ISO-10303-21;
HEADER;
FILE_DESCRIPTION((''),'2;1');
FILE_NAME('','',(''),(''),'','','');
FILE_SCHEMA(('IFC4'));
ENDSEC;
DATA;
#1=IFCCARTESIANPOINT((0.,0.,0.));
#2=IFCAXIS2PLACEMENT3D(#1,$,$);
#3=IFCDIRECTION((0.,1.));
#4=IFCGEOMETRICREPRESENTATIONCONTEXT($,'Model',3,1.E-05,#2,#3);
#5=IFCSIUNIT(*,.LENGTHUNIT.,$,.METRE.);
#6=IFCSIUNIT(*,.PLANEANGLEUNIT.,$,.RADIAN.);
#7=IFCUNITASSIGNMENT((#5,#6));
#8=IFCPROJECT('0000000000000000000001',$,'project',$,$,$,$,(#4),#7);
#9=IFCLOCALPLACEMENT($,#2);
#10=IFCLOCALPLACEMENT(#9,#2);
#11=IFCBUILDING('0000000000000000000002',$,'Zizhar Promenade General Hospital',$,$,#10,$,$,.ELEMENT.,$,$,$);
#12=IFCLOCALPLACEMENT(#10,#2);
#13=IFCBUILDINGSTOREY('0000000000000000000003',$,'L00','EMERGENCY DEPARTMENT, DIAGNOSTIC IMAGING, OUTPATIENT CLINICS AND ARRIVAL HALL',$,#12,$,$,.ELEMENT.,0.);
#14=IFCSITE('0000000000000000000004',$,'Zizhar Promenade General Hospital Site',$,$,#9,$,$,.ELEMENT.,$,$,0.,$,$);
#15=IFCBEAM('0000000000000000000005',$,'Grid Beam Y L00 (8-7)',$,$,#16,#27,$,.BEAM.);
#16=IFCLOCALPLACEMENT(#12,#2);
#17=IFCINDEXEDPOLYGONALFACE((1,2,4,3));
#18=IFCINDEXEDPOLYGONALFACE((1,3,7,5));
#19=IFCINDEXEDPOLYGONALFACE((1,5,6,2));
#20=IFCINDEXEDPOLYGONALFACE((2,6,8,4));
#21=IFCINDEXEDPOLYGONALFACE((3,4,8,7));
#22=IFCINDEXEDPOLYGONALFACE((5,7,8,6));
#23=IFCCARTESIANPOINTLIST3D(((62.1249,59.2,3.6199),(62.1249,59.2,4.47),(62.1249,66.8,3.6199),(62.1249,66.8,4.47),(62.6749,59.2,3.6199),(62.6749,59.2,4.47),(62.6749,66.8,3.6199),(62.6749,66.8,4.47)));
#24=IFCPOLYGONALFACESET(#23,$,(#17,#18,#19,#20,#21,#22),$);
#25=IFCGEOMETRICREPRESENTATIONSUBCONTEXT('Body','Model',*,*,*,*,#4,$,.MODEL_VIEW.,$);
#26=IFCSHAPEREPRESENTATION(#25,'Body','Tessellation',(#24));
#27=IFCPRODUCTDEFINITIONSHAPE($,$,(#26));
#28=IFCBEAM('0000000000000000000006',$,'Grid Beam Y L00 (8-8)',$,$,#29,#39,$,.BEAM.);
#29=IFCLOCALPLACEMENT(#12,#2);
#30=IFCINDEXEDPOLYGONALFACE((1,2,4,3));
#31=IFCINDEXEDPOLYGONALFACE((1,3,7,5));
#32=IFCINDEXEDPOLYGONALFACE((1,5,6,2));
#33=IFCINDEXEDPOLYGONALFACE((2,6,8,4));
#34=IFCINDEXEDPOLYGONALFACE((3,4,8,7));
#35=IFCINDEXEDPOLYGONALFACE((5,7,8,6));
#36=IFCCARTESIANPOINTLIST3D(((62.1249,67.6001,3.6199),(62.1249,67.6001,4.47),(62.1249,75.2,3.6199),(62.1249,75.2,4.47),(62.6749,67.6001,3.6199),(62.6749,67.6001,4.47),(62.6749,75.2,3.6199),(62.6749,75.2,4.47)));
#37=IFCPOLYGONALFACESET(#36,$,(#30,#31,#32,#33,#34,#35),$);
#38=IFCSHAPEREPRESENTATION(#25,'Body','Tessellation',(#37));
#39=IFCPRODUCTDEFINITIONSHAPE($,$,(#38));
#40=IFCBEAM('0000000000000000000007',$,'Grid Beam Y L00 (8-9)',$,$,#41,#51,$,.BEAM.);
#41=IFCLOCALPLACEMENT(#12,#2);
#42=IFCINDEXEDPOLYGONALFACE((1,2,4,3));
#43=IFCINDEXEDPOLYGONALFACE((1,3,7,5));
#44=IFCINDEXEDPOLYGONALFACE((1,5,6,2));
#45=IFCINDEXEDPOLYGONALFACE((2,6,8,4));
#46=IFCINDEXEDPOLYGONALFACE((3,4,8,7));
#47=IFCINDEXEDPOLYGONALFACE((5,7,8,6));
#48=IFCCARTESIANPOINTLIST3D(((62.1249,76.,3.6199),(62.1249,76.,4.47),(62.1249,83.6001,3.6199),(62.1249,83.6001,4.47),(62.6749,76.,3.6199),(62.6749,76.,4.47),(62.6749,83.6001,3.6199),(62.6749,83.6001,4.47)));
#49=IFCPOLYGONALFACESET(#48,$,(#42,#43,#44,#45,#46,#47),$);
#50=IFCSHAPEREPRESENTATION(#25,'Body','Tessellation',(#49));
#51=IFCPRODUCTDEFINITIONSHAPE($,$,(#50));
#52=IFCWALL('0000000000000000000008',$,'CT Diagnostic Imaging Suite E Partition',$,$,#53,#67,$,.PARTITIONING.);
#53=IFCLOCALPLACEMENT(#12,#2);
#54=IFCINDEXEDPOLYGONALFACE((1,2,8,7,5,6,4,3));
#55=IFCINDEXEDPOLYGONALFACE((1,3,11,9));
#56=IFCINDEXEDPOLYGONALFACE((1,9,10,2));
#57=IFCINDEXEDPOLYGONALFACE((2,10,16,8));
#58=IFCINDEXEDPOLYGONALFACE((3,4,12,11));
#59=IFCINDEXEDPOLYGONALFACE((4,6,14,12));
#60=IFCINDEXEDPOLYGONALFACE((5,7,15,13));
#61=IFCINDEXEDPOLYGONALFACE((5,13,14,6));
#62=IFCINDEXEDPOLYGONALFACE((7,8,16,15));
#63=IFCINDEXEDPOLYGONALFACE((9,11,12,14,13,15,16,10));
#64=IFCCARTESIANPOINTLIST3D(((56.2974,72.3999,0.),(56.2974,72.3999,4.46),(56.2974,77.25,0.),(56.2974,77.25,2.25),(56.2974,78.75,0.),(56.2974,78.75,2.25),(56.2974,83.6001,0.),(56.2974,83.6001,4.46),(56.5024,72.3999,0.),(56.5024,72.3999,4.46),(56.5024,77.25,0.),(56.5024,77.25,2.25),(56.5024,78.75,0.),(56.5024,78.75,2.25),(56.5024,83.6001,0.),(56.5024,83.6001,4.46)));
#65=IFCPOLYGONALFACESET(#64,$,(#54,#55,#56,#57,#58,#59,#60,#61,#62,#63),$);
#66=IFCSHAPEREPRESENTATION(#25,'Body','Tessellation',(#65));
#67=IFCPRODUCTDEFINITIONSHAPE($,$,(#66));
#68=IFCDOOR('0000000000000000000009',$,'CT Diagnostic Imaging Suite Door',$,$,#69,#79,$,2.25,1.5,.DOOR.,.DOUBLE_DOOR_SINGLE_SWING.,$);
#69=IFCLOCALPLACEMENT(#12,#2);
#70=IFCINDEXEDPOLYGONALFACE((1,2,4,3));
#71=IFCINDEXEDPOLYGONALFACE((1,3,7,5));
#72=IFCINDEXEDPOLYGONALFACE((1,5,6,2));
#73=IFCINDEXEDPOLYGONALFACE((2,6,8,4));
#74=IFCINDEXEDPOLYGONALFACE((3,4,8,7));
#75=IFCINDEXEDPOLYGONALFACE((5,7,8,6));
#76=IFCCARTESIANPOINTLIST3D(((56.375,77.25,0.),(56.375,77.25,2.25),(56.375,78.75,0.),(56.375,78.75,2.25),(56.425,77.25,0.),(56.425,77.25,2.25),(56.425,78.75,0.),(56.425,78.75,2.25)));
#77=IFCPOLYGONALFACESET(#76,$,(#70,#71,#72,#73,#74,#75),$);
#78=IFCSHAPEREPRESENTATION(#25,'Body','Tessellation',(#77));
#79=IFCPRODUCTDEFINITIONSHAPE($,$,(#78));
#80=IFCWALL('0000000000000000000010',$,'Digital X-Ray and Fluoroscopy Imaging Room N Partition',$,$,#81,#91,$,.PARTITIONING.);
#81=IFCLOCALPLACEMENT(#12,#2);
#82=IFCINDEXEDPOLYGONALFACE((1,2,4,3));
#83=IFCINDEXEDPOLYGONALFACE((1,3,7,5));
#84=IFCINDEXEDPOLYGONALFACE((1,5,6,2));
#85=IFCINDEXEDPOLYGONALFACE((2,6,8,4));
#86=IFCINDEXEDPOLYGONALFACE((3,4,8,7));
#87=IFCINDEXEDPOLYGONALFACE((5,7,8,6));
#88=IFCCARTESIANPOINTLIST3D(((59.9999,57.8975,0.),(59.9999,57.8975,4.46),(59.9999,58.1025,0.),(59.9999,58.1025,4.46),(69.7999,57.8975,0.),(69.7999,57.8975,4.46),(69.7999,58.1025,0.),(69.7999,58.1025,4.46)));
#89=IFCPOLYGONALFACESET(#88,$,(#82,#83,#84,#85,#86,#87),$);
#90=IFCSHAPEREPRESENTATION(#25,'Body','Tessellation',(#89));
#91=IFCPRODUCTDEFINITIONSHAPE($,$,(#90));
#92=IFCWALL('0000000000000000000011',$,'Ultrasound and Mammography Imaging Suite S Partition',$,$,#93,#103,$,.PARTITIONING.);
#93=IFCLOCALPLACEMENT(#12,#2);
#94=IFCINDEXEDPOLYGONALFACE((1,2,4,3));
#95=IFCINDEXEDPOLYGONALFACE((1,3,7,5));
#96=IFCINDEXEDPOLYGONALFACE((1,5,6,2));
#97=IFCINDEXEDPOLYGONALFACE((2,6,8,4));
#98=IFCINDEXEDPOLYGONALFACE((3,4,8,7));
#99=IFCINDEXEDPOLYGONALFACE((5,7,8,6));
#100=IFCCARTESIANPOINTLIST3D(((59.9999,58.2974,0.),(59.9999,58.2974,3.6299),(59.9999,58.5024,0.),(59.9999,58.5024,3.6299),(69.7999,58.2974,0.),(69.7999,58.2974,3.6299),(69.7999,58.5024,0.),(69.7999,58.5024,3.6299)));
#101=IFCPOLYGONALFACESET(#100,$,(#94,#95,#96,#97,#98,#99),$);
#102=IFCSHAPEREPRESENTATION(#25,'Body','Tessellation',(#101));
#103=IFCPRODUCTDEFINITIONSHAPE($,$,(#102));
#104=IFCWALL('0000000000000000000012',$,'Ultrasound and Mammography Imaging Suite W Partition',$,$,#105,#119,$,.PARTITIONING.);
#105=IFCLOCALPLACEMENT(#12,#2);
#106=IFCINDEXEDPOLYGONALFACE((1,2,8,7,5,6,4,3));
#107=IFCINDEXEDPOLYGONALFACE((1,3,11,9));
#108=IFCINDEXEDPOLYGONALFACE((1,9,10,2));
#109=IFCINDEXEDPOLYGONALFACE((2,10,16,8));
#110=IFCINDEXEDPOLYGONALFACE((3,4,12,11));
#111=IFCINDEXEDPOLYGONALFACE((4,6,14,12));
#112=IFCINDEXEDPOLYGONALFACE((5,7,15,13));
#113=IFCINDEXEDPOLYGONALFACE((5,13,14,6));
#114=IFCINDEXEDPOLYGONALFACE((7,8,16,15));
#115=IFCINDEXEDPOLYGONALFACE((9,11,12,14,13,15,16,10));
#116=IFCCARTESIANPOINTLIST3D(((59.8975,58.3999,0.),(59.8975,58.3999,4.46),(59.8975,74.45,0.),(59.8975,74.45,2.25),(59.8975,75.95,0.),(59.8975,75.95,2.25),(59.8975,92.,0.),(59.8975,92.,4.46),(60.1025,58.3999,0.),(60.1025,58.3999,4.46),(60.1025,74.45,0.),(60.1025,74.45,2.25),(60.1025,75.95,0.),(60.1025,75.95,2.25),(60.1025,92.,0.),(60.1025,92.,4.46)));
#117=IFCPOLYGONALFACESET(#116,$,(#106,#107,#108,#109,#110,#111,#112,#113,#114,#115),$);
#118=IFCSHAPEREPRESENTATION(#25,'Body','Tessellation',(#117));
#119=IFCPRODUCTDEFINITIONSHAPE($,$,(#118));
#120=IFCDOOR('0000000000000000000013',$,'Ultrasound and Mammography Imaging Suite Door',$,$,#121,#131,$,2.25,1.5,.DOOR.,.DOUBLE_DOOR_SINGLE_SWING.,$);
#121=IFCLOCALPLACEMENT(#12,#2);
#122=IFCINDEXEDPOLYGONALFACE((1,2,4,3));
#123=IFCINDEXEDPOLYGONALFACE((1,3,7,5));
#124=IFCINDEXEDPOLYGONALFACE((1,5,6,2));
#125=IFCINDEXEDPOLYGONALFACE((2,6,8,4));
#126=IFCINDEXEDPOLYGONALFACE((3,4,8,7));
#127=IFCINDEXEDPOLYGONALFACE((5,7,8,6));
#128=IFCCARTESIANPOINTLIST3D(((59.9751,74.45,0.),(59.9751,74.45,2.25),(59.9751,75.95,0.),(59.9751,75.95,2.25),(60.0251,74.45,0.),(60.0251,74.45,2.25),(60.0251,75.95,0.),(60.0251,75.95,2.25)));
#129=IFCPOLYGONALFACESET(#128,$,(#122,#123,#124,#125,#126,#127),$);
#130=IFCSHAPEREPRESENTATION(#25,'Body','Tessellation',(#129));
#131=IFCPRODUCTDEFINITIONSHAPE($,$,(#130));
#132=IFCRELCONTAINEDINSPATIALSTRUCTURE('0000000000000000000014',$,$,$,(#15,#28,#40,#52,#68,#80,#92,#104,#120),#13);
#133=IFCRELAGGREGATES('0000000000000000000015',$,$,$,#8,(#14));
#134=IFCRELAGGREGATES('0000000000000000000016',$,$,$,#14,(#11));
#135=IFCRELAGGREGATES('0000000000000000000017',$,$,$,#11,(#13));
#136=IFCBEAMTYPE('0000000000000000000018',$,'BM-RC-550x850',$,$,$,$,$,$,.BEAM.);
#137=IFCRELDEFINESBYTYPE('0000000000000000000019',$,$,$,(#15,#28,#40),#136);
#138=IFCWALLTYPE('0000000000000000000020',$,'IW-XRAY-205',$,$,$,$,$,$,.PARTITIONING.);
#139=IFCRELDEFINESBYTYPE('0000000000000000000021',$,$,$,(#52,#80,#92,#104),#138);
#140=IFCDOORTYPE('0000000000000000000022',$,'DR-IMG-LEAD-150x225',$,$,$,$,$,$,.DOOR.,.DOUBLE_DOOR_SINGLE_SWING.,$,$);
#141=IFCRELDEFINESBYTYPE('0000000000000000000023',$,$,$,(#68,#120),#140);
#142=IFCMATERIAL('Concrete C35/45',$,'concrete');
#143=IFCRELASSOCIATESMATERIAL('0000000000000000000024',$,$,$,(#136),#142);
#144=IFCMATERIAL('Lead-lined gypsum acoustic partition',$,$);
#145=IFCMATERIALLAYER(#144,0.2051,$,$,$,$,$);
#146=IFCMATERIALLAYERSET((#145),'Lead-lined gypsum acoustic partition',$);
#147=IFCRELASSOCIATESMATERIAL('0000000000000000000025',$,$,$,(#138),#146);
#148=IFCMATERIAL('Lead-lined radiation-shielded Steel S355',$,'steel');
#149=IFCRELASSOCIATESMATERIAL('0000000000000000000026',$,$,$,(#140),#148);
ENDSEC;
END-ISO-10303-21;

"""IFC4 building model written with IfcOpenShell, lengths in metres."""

from ifc_helpers import new_model, si_unit, direction, frame, frame_2d, origin, origin_2d, place, context, subcontext, project, spatial, rectangle, extrude, material, layer, layer_set, material_profile, profile_set, type_object, element, fill, save


model = new_model("IFC4")

# Units and contexts
model_context = context("Model", 3, precision=1e-05, world=origin(), true_north=direction((0.0, 1.0)))
body_context = subcontext(model_context, "Body", "Model", "MODEL_VIEW")
ifc_project = project(units=[si_unit("LENGTHUNIT", "METRE"), si_unit("PLANEANGLEUNIT", "RADIAN")], contexts=[model_context])

# Site, building, storey
site_placement = place(None, origin())
site = spatial("IfcSite", under=ifc_project, at=site_placement, Name="Zizhar Promenade General Hospital Site", CompositionType="ELEMENT", RefElevation=0.0)
building_placement = place(site_placement, origin())
building = spatial("IfcBuilding", under=site, at=building_placement, Name="Zizhar Promenade General Hospital", CompositionType="ELEMENT")
storey_placement = place(building_placement, origin())
storey = spatial("IfcBuildingStorey", under=building, at=storey_placement, Name="L00", Description="EMERGENCY DEPARTMENT, DIAGNOSTIC IMAGING, OUTPATIENT CLINICS AND ARRIVAL HALL", CompositionType="ELEMENT", Elevation=0.0)

# Beams
ifc_material_1 = material(Name="Concrete C35/45", Category="concrete")
ifc_material_profile_1 = material_profile(ifc_material_1, rectangle(XDim=0.55, YDim=0.8501, at=origin_2d()))
ifc_profile_set_1 = profile_set([ifc_material_profile_1], Name="Concrete C35/45")
beam_type_1 = type_object("IfcBeamType", Name="BM-RC-550x850", PredefinedType="BEAM", material=ifc_profile_set_1)
beam_1_placement = place(storey_placement, frame((62.3999, 59.2, 4.0449), z_axis=(0.0, 1.0, 0.0), x_axis=(-1.0, 0.0, 0.0)))
element("IfcBeam", 1, at=beam_1_placement, inside=storey, type_object=beam_type_1, Name="Grid Beam Y L00 (8-7)", PredefinedType="BEAM", context=body_context, shape_type="SweptSolid", body=[
    extrude(rectangle(XDim=0.55, YDim=0.8501, at=origin_2d()), origin(), (0.0, 0.0, 1.0), 7.6001),
])
beam_2_placement = place(storey_placement, frame((62.3999, 67.6001, 4.0449), z_axis=(0.0, 1.0, 0.0), x_axis=(-1.0, 0.0, 0.0)))
element("IfcBeam", 2, at=beam_2_placement, inside=storey, type_object=beam_type_1, Name="Grid Beam Y L00 (8-8)", PredefinedType="BEAM", context=body_context, shape_type="SweptSolid", body=[
    extrude(rectangle(XDim=0.55, YDim=0.8501, at=origin_2d()), origin(), (0.0, 0.0, 1.0), 7.5999),
])
beam_3_placement = place(storey_placement, frame((62.3999, 76.0, 4.0449), z_axis=(0.0, 1.0, 0.0), x_axis=(-1.0, 0.0, 0.0)))
element("IfcBeam", 3, at=beam_3_placement, inside=storey, type_object=beam_type_1, Name="Grid Beam Y L00 (8-9)", PredefinedType="BEAM", context=body_context, shape_type="SweptSolid", body=[
    extrude(rectangle(XDim=0.55, YDim=0.8501, at=origin_2d()), origin(), (0.0, 0.0, 1.0), 7.6001),
])

# Wall, opening, door
ifc_material_2 = material(Name="Lead-lined gypsum acoustic partition")
ifc_layer = layer(ifc_material_2, 0.2051)
ifc_layer_set = layer_set([ifc_layer], Name="Lead-lined gypsum acoustic partition")
wall_type = type_object("IfcWallType", Name="IW-XRAY-205", PredefinedType="PARTITIONING", material=ifc_layer_set)
wall_1_placement = place(storey_placement, frame((56.3999, 72.3999, 0.0), z_axis=(0.0, 0.0, 1.0), x_axis=(0.0, 1.0, 0.0)))
wall_1 = element("IfcWall", 4, at=wall_1_placement, inside=storey, type_object=wall_type, Name="CT Diagnostic Imaging Suite E Partition", PredefinedType="PARTITIONING", context=body_context, shape_type="SweptSolid", body=[
    extrude(rectangle(XDim=11.2002, YDim=0.2051, at=frame_2d((5.6001, 0.0))), origin(), (0.0, 0.0, 1.0), 4.46),
])
opening_1_placement = place(wall_1_placement, frame((4.8501, 0.0, 0.0)))
opening_1 = element("IfcOpeningElement", 5, at=opening_1_placement, cuts=wall_1, PredefinedType="OPENING", context=body_context, shape_type="SweptSolid", body=[
    extrude(rectangle(XDim=1.5, YDim=2.25, at=frame_2d((0.75, 1.125))), frame((0.0, 0.1125, 0.0), z_axis=(0.0, -1.0, 0.0), x_axis=(1.0, 0.0, 0.0)), (0.0, 0.0, 1.0), 0.2251),
])
ifc_material_3 = material(Name="Lead-lined radiation-shielded Steel S355", Category="steel")
door_type = type_object("IfcDoorType", Name="DR-IMG-LEAD-150x225", OperationType="DOUBLE_DOOR_SINGLE_SWING", PredefinedType="DOOR", material=ifc_material_3)
door_1_placement = place(opening_1_placement, origin())
door_1 = element("IfcDoor", 6, at=door_1_placement, inside=storey, type_object=door_type, Name="CT Diagnostic Imaging Suite Door", OperationType="DOUBLE_DOOR_SINGLE_SWING", OverallHeight=2.25, OverallWidth=1.5, PredefinedType="DOOR", context=body_context, shape_type="SweptSolid", body=[
    extrude(rectangle(XDim=1.5, YDim=2.25, at=frame_2d((0.75, 1.125))), frame((0.0, 0.0249, 0.0), z_axis=(0.0, -1.0, 0.0), x_axis=(1.0, 0.0, 0.0)), (0.0, 0.0, 1.0), 0.05),
])
fill(opening_1, door_1)

# Walls
wall_2_placement = place(storey_placement, frame((60.0, 58.0, 0.0), z_axis=(0.0, 0.0, 1.0), x_axis=(1.0, 0.0, 0.0)))
element("IfcWall", 7, at=wall_2_placement, inside=storey, type_object=wall_type, Name="Digital X-Ray and Fluoroscopy Imaging Room N Partition", PredefinedType="PARTITIONING", context=body_context, shape_type="SweptSolid", body=[
    extrude(rectangle(XDim=9.8, YDim=0.2051, at=frame_2d((4.8999, 0.0))), origin(), (0.0, 0.0, 1.0), 4.46),
])
wall_3_placement = place(storey_placement, frame((60.0, 58.3999, 0.0), z_axis=(0.0, 0.0, 1.0), x_axis=(1.0, 0.0, 0.0)))
element("IfcWall", 8, at=wall_3_placement, inside=storey, type_object=wall_type, Name="Ultrasound and Mammography Imaging Suite S Partition", PredefinedType="PARTITIONING", context=body_context, shape_type="SweptSolid", body=[
    extrude(rectangle(XDim=9.8, YDim=0.2051, at=frame_2d((4.8999, 0.0))), origin(), (0.0, 0.0, 1.0), 3.6299),
])

# Wall, opening, door
wall_4_placement = place(storey_placement, frame((60.0, 58.3999, 0.0), z_axis=(0.0, 0.0, 1.0), x_axis=(0.0, 1.0, 0.0)))
wall_4 = element("IfcWall", 9, at=wall_4_placement, inside=storey, type_object=wall_type, Name="Ultrasound and Mammography Imaging Suite W Partition", PredefinedType="PARTITIONING", context=body_context, shape_type="SweptSolid", body=[
    extrude(rectangle(XDim=33.6001, YDim=0.2051, at=frame_2d((16.8, 0.0))), origin(), (0.0, 0.0, 1.0), 4.46),
])
opening_2_placement = place(wall_4_placement, frame((16.05, 0.0, 0.0)))
opening_2 = element("IfcOpeningElement", 10, at=opening_2_placement, cuts=wall_4, PredefinedType="OPENING", context=body_context, shape_type="SweptSolid", body=[
    extrude(rectangle(XDim=1.5, YDim=2.25, at=frame_2d((0.75, 1.125))), frame((0.0, 0.1125, 0.0), z_axis=(0.0, -1.0, 0.0), x_axis=(1.0, 0.0, 0.0)), (0.0, 0.0, 1.0), 0.2251),
])
door_2_placement = place(opening_2_placement, origin())
door_2 = element("IfcDoor", 11, at=door_2_placement, inside=storey, type_object=door_type, Name="Ultrasound and Mammography Imaging Suite Door", OperationType="DOUBLE_DOOR_SINGLE_SWING", OverallHeight=2.25, OverallWidth=1.5, PredefinedType="DOOR", context=body_context, shape_type="SweptSolid", body=[
    extrude(rectangle(XDim=1.5, YDim=2.25, at=frame_2d((0.75, 1.125))), frame((0.0, 0.0249, 0.0), z_axis=(0.0, -1.0, 0.0), x_axis=(1.0, 0.0, 0.0)), (0.0, 0.0, 1.0), 0.05),
])
fill(opening_2, door_2)

save(model, "model.ifc")
